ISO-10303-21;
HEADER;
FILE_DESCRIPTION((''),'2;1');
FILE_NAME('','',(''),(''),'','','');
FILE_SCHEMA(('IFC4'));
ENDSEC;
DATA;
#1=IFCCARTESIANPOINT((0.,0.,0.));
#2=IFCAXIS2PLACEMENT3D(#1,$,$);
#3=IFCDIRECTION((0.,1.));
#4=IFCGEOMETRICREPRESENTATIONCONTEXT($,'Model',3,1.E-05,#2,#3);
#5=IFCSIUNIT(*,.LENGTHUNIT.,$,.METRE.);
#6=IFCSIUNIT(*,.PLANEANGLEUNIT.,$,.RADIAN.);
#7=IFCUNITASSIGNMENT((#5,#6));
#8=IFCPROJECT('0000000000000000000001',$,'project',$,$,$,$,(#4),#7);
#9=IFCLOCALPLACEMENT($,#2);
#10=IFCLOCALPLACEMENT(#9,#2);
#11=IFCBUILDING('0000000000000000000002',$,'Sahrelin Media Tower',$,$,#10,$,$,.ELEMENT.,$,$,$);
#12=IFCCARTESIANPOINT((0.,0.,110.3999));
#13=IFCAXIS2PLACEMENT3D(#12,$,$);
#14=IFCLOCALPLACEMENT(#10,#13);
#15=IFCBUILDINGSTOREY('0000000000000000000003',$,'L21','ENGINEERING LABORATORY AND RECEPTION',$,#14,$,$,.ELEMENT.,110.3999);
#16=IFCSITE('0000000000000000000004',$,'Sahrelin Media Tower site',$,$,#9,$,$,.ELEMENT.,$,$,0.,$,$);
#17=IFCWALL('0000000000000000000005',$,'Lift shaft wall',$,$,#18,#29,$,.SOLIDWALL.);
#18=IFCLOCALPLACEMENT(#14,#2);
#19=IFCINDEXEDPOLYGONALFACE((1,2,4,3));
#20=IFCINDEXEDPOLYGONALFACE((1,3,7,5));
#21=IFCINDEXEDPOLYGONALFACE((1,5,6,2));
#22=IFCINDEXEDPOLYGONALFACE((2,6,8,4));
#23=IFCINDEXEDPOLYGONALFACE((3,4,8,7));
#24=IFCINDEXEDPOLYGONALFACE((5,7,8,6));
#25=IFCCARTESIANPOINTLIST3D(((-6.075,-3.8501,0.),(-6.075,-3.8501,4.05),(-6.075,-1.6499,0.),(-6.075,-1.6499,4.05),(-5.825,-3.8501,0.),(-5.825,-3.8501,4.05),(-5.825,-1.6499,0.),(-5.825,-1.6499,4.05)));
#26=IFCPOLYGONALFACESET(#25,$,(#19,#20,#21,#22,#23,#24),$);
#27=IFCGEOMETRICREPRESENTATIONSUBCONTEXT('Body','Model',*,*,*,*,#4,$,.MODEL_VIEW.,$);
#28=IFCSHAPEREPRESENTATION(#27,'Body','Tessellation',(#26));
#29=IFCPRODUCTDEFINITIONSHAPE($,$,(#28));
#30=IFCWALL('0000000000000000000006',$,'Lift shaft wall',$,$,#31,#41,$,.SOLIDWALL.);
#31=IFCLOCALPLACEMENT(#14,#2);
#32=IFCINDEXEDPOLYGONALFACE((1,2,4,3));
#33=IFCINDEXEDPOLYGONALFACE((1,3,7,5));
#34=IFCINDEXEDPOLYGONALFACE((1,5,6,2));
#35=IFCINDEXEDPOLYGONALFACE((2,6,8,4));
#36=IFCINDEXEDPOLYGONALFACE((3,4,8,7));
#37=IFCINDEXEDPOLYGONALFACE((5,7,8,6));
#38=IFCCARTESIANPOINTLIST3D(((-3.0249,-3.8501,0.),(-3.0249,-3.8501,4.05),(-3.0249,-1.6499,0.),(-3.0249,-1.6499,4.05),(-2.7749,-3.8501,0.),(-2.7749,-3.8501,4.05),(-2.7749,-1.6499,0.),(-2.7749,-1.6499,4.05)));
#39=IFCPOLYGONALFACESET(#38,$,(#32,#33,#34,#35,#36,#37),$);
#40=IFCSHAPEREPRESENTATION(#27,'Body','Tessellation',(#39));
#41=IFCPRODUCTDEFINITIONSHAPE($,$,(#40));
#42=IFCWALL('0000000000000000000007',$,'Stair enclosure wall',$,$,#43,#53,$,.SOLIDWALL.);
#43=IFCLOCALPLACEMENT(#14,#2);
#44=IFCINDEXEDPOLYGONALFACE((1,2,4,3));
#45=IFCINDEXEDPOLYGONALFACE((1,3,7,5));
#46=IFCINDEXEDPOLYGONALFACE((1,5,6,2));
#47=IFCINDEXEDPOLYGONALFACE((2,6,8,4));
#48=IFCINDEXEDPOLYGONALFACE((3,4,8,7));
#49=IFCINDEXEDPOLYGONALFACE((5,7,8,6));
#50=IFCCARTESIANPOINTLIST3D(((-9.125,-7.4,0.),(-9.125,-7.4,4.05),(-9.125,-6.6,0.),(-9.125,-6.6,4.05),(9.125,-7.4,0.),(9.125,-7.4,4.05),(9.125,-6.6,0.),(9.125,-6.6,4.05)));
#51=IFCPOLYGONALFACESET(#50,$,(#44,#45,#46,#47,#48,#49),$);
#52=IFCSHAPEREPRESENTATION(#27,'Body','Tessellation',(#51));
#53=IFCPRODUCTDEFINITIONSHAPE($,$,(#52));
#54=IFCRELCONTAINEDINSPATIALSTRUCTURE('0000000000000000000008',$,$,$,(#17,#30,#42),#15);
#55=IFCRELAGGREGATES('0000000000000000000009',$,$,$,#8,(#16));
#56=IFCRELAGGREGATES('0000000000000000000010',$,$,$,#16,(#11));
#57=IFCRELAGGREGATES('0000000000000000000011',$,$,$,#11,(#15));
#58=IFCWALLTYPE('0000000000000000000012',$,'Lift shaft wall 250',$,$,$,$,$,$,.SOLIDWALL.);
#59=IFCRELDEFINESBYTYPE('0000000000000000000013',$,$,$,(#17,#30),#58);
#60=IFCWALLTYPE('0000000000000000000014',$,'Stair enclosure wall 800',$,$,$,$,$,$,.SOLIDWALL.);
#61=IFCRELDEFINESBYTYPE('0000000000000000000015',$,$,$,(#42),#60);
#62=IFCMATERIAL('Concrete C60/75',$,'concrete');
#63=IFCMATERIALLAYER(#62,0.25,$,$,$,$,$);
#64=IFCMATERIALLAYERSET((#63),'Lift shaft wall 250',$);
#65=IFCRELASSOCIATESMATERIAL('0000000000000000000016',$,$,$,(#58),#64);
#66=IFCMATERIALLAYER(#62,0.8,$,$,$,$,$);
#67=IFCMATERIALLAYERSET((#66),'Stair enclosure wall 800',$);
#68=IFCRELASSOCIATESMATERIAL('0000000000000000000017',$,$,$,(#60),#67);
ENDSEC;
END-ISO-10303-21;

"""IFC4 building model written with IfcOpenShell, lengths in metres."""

from ifc_helpers import new_model, si_unit, direction, frame, frame_2d, origin, place, context, subcontext, project, spatial, rectangle, extrude, material, layer, layer_set, type_object, element, save


model = new_model("IFC4")

# Units and contexts
model_context = context("Model", 3, precision=1e-05, world=origin(), true_north=direction((0.0, 1.0)))
body_context = subcontext(model_context, "Body", "Model", "MODEL_VIEW")
ifc_project = project(units=[si_unit("LENGTHUNIT", "METRE"), si_unit("PLANEANGLEUNIT", "RADIAN")], contexts=[model_context])

# Site, building, storey
site_placement = place(None, origin())
site = spatial("IfcSite", under=ifc_project, at=site_placement, Name="Sahrelin Media Tower site", CompositionType="ELEMENT", RefElevation=0.0)
building_placement = place(site_placement, origin())
building = spatial("IfcBuilding", under=site, at=building_placement, Name="Sahrelin Media Tower", CompositionType="ELEMENT")
storey_placement = place(building_placement, frame((0.0, 0.0, 110.3999)))
storey = spatial("IfcBuildingStorey", under=building, at=storey_placement, Name="L21", Description="ENGINEERING LABORATORY AND RECEPTION", CompositionType="ELEMENT", Elevation=110.3999)

# Shared definitions
ifc_material_1 = material(Name="Concrete C60/75", Category="concrete")
ifc_layer_1 = layer(ifc_material_1, 0.25)
ifc_layer_set_1 = layer_set([ifc_layer_1], Name="Lift shaft wall 250")
wall_type_1 = type_object("IfcWallType", Name="Lift shaft wall 250", PredefinedType="SOLIDWALL", material=ifc_layer_set_1)

# Walls
for number, where, z_axis, x_axis, name in (
    (1, (-5.95, -3.8501, 0.0), (0.0, 0.0, 1.0), (0.0, 1.0, 0.0), "Lift shaft wall"),
    (2, (-2.8999, -3.8501, 0.0), (0.0, 0.0, 1.0), (0.0, 1.0, 0.0), "Lift shaft wall"),
):
    element("IfcWall", number, at=place(storey_placement, frame(where, z_axis=z_axis, x_axis=x_axis)), inside=storey, type_object=wall_type_1, Name=name, PredefinedType="SOLIDWALL", context=body_context, shape_type="SweptSolid", body=[
        extrude(rectangle(XDim=2.2002, YDim=0.25, at=frame_2d((1.1001, 0.0))), origin(), (0.0, 0.0, 1.0), 4.05),
    ])
ifc_layer_2 = layer(ifc_material_1, 0.8)
ifc_layer_set_2 = layer_set([ifc_layer_2], Name="Stair enclosure wall 800")
wall_type_2 = type_object("IfcWallType", Name="Stair enclosure wall 800", PredefinedType="SOLIDWALL", material=ifc_layer_set_2)
wall_1_placement = place(storey_placement, frame((-9.125, -7.0, 0.0), z_axis=(0.0, 0.0, 1.0), x_axis=(1.0, 0.0, 0.0)))
element("IfcWall", 3, at=wall_1_placement, inside=storey, type_object=wall_type_2, Name="Stair enclosure wall", PredefinedType="SOLIDWALL", context=body_context, shape_type="SweptSolid", body=[
    extrude(rectangle(XDim=18.25, YDim=0.8, at=frame_2d((9.125, 0.0))), origin(), (0.0, 0.0, 1.0), 4.05),
])

save(model, "model.ifc")
